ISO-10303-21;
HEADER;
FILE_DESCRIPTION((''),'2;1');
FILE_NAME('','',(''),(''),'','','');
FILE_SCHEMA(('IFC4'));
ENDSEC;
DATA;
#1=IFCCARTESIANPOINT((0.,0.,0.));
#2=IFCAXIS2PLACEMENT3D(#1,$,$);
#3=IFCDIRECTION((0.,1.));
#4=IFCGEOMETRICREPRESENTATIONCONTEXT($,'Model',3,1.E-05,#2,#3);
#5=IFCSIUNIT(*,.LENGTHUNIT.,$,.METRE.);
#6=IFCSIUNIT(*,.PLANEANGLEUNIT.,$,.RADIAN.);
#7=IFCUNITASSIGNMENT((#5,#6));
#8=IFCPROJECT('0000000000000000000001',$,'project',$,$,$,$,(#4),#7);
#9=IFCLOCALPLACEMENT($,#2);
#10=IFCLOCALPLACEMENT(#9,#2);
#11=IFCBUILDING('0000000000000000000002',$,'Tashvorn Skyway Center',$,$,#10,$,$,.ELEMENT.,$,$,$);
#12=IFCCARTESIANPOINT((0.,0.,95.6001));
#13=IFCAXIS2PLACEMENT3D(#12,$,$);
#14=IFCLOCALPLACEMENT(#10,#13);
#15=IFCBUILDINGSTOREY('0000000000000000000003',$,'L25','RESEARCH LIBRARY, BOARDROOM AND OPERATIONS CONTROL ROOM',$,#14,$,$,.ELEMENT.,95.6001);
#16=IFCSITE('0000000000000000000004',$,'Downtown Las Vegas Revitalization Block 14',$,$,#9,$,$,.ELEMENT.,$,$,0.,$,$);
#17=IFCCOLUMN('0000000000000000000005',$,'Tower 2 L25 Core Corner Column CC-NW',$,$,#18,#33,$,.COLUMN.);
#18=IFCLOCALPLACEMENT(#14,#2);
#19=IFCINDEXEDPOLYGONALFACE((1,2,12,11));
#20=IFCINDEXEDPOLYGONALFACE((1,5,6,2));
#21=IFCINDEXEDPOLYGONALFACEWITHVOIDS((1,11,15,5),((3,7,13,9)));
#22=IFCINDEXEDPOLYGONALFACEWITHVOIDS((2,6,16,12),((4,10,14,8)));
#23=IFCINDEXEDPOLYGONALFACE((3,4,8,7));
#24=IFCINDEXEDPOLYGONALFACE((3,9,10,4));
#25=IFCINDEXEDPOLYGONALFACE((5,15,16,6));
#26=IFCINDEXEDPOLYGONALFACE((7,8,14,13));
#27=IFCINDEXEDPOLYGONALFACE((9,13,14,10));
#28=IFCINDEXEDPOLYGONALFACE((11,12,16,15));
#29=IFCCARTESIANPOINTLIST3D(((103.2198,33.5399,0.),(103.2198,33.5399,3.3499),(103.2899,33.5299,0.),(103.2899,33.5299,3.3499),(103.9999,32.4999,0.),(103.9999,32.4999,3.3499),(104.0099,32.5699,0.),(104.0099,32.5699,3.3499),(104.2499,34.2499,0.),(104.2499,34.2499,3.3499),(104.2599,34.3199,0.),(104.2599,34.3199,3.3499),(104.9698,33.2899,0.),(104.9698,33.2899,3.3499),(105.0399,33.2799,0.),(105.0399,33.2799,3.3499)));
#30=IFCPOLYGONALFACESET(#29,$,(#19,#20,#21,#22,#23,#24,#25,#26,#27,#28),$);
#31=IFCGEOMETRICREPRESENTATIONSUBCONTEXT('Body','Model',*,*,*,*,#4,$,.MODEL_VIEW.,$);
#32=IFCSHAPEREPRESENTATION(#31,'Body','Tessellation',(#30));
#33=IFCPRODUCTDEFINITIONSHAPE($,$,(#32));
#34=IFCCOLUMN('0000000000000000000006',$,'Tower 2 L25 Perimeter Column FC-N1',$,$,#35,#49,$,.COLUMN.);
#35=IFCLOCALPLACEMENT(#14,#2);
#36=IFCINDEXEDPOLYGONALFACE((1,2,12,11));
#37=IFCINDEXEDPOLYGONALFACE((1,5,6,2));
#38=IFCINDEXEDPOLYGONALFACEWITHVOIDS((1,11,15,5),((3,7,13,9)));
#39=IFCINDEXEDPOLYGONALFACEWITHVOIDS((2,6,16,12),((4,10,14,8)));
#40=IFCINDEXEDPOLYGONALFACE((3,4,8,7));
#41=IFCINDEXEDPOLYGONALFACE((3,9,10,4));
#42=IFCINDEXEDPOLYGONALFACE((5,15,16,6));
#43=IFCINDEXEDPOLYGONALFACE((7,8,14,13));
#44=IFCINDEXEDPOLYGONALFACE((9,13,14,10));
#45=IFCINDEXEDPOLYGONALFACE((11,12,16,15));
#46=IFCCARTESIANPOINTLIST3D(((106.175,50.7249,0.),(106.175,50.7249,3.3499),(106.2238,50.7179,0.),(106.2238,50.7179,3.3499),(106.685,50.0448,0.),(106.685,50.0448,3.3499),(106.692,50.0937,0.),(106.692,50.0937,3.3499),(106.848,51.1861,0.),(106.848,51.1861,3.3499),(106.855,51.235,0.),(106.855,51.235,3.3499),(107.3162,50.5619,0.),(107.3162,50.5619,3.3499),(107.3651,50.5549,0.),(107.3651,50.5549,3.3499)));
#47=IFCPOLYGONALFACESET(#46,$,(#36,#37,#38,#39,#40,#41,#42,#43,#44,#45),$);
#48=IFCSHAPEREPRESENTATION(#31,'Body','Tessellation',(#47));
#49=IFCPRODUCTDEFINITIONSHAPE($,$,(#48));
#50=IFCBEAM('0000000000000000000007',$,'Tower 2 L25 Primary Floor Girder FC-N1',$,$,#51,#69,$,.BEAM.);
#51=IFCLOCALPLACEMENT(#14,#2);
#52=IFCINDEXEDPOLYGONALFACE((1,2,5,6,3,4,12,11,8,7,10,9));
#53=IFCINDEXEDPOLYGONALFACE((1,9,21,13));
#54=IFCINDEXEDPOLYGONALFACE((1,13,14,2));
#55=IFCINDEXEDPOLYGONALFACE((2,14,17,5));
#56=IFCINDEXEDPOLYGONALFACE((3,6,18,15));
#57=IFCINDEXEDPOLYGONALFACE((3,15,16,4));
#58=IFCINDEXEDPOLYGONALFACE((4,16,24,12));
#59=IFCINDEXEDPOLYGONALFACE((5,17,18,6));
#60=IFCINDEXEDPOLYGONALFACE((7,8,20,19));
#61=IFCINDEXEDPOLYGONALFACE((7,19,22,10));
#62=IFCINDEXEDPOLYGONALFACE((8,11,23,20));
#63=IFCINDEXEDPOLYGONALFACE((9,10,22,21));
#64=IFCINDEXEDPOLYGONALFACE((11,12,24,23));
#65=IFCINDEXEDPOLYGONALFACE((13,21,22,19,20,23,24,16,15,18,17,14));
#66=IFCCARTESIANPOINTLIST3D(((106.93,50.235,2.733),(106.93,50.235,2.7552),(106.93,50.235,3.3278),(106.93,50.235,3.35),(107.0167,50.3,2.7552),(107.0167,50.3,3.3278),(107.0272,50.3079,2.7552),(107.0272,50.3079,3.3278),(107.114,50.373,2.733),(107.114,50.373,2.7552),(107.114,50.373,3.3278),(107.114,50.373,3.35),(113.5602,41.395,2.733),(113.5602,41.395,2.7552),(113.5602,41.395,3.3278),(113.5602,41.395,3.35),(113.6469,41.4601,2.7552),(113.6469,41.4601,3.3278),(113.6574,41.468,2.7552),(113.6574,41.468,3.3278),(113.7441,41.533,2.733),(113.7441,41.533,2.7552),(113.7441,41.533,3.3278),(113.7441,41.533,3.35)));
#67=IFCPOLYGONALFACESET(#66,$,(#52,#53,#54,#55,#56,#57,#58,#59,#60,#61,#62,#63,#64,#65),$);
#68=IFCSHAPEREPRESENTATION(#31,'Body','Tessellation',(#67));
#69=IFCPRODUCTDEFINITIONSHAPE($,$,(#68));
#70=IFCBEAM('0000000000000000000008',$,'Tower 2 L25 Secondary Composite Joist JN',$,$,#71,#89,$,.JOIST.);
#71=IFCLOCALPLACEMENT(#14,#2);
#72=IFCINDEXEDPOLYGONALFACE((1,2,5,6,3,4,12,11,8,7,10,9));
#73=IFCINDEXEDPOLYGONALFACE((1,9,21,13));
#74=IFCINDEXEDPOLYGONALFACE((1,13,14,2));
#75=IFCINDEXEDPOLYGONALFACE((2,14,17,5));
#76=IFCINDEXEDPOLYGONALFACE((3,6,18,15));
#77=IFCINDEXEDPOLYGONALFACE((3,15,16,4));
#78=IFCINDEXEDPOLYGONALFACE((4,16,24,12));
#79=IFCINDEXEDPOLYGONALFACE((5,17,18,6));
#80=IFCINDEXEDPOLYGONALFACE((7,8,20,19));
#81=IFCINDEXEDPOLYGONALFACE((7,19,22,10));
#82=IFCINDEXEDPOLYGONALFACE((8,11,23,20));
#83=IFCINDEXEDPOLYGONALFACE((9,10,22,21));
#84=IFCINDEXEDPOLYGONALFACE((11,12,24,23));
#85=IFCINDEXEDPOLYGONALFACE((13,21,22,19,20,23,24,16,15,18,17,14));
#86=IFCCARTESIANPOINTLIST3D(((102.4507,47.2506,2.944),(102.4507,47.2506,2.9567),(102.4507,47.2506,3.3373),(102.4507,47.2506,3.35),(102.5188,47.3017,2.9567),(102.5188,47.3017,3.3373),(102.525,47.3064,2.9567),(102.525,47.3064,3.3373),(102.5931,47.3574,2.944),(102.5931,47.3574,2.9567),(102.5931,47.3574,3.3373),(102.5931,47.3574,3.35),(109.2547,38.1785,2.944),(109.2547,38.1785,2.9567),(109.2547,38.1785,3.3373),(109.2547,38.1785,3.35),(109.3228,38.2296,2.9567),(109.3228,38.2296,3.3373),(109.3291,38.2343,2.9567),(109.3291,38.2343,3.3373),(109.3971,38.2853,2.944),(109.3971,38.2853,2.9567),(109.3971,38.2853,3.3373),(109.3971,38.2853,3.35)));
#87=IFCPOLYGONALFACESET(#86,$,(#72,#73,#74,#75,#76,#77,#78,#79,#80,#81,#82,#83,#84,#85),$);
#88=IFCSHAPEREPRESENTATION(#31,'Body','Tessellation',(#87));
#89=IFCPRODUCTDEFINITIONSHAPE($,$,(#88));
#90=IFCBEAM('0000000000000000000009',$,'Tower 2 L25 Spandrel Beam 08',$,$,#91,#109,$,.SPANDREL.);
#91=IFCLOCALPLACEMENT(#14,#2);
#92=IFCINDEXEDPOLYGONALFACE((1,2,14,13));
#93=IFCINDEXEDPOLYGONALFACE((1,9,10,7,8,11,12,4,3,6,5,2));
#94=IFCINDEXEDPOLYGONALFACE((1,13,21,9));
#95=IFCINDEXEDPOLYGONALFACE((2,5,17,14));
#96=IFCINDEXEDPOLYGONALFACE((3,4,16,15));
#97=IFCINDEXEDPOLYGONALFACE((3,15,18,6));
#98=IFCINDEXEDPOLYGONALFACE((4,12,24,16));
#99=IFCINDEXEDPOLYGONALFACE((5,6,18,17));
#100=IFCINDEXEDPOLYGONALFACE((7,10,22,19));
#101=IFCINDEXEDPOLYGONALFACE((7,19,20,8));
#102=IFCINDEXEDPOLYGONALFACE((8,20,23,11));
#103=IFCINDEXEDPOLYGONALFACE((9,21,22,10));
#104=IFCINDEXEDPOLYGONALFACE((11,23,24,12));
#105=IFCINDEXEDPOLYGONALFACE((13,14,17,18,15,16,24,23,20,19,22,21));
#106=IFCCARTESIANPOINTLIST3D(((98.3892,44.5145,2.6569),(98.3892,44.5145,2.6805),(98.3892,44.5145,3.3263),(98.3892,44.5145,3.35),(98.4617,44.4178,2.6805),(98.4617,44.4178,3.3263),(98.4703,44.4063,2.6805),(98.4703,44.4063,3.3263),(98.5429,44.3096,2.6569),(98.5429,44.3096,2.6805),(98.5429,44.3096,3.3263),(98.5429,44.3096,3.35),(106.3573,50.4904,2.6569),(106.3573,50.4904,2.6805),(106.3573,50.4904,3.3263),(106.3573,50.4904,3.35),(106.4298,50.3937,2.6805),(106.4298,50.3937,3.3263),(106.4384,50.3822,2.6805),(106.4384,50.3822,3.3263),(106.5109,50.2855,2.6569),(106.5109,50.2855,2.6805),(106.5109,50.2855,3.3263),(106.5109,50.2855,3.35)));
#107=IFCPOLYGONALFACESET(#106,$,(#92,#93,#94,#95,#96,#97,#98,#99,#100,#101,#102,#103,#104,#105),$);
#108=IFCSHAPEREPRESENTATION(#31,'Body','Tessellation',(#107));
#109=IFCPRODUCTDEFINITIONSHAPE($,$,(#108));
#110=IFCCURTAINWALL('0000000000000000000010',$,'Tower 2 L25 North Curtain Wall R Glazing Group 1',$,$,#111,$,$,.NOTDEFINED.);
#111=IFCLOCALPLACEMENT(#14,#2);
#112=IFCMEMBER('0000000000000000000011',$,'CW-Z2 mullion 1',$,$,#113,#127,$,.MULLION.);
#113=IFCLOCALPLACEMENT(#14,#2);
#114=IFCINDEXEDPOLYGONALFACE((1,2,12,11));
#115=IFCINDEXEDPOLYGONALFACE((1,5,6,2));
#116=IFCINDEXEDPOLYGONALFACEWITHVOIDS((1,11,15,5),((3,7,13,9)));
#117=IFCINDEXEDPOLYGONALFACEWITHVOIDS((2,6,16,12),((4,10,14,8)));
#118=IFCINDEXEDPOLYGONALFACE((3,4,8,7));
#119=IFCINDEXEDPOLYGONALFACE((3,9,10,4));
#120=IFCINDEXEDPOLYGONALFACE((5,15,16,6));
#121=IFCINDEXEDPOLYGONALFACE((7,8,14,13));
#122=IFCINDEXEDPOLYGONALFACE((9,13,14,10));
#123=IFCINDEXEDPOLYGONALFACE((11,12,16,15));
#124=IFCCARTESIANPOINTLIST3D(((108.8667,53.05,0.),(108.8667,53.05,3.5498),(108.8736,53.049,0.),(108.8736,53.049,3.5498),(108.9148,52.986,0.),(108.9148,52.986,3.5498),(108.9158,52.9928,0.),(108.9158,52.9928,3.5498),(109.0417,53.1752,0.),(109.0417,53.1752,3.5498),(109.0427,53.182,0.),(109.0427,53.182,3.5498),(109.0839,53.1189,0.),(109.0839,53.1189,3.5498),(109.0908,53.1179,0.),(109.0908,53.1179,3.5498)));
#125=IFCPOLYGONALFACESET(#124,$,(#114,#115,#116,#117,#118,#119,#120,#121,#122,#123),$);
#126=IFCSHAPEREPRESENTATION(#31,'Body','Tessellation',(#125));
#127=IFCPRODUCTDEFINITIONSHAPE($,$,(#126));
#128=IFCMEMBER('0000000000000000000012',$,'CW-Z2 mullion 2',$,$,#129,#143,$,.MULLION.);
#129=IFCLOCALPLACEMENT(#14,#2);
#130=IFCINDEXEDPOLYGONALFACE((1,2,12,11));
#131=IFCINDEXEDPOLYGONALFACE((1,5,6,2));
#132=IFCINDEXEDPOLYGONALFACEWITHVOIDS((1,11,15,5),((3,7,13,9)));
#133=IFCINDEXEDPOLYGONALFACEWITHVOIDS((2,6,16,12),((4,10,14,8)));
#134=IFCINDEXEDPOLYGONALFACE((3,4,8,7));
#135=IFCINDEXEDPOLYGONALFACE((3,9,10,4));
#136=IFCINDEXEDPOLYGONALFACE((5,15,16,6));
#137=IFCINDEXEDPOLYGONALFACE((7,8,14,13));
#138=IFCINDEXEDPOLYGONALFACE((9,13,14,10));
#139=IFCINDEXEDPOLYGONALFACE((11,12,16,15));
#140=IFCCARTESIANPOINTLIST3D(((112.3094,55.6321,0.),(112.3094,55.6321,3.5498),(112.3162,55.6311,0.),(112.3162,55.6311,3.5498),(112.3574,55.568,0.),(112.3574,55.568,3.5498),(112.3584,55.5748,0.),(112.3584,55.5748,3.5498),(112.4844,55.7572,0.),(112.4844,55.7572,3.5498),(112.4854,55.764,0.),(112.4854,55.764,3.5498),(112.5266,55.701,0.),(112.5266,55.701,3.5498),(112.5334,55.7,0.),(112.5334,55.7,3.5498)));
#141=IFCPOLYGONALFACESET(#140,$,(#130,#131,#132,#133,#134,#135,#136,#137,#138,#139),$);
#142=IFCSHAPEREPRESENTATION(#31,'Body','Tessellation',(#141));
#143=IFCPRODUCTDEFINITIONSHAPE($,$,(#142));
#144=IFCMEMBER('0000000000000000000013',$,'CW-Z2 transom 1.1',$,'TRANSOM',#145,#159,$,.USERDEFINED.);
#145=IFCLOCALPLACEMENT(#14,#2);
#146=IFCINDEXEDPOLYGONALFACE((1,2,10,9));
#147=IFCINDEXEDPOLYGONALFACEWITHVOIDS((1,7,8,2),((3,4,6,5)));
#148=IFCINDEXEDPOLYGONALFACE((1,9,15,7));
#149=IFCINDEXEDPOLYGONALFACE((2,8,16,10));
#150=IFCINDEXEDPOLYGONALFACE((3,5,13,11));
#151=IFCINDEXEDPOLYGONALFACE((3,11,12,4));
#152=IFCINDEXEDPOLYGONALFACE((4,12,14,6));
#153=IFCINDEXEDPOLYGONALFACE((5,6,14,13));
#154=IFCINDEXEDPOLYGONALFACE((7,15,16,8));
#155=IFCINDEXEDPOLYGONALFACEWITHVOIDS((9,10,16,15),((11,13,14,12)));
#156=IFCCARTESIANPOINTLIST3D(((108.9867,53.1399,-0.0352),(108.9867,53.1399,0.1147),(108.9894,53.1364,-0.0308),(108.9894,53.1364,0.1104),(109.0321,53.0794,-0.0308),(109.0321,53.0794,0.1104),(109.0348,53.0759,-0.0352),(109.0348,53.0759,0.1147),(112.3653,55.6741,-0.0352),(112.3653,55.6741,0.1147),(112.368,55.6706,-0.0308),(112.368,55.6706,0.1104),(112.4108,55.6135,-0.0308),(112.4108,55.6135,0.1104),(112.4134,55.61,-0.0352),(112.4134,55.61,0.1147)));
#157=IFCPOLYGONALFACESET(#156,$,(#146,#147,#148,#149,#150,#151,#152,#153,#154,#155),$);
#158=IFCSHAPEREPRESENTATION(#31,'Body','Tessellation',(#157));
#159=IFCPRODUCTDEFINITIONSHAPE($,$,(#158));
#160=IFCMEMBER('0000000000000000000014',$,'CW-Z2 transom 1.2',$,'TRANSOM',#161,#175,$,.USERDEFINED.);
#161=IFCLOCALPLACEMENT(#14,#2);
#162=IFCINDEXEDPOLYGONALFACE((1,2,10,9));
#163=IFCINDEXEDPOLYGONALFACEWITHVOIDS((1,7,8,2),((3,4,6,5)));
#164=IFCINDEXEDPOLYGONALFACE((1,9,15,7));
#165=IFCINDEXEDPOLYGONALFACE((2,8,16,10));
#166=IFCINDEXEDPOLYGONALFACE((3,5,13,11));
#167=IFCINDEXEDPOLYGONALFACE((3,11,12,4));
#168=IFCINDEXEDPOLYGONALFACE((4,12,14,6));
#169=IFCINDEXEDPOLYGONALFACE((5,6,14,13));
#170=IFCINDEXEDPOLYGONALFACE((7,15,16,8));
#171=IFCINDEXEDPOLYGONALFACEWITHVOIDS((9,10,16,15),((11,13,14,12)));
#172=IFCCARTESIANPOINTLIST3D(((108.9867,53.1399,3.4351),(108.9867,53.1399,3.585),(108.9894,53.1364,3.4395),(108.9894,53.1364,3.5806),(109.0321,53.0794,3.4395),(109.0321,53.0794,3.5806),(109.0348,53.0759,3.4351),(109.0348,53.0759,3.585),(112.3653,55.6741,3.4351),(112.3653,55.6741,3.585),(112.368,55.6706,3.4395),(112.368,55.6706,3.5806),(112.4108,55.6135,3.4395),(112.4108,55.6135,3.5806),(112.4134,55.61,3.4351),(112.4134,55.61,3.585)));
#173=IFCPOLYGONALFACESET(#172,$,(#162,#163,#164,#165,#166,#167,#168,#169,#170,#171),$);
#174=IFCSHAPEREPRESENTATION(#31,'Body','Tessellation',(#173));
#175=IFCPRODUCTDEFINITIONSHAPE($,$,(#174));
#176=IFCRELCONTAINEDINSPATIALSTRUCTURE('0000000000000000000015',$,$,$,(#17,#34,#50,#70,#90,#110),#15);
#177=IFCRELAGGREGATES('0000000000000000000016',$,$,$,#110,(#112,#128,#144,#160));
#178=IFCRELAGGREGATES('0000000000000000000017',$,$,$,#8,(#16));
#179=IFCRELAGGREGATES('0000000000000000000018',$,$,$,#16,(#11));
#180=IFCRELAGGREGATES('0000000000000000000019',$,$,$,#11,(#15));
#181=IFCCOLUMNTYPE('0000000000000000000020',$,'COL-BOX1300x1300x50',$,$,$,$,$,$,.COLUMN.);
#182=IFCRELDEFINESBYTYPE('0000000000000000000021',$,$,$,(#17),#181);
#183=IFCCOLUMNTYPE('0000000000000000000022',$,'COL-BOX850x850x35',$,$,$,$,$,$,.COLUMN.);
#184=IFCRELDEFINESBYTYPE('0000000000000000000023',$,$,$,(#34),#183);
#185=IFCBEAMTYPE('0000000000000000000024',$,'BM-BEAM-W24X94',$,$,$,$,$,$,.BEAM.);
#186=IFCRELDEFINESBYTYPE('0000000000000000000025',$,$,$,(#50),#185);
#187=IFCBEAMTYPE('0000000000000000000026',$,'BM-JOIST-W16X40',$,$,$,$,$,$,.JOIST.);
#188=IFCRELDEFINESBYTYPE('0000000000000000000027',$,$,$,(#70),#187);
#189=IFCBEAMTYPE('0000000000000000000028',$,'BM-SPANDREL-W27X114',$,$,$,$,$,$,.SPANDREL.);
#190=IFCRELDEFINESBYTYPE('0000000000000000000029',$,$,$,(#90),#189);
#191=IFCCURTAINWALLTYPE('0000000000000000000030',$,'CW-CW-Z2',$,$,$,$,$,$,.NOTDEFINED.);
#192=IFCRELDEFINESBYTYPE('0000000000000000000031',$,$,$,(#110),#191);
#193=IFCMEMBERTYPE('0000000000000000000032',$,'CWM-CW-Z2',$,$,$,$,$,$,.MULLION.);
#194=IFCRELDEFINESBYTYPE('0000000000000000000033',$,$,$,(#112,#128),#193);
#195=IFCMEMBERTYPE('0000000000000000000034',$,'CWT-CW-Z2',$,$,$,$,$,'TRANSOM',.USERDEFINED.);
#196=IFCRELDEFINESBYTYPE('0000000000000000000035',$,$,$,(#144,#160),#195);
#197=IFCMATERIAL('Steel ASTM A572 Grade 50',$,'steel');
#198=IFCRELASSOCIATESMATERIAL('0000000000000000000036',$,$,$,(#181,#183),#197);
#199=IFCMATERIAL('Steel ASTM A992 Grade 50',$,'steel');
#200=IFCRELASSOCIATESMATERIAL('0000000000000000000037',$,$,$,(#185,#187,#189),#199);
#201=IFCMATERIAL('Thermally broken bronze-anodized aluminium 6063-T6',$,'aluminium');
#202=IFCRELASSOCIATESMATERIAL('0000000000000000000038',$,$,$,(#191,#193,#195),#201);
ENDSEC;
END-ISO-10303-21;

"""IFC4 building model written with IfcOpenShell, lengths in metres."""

from ifc_helpers import new_model, si_unit, direction, frame, origin, origin_2d, place, context, subcontext, project, spatial, hollow_rectangle, i_section, extrude, material, material_profile, profile_set, type_object, element, aggregate, save


model = new_model("IFC4")

# Units and contexts
model_context = context("Model", 3, precision=1e-05, world=origin(), true_north=direction((0.0, 1.0)))
body_context = subcontext(model_context, "Body", "Model", "MODEL_VIEW")
ifc_project = project(units=[si_unit("LENGTHUNIT", "METRE"), si_unit("PLANEANGLEUNIT", "RADIAN")], contexts=[model_context])

# Site, building, storey
site_placement = place(None, origin())
site = spatial("IfcSite", under=ifc_project, at=site_placement, Name="Downtown Las Vegas Revitalization Block 14", CompositionType="ELEMENT", RefElevation=0.0)
building_placement = place(site_placement, origin())
building = spatial("IfcBuilding", under=site, at=building_placement, Name="Tashvorn Skyway Center", CompositionType="ELEMENT")
storey_placement = place(building_placement, frame((0.0, 0.0, 95.6001)))
storey = spatial("IfcBuildingStorey", under=building, at=storey_placement, Name="L25", Description="RESEARCH LIBRARY, BOARDROOM AND OPERATIONS CONTROL ROOM", CompositionType="ELEMENT", Elevation=95.6001)

# Columns
ifc_material_1 = material(Name="Steel ASTM A572 Grade 50", Category="steel")
ifc_material_profile_1 = material_profile(ifc_material_1, hollow_rectangle(XDim=1.3, YDim=1.3, WallThickness=0.05, at=origin_2d()), Name="BOX1300x1300x50")
ifc_profile_set_1 = profile_set([ifc_material_profile_1], Name="Steel ASTM A572 Grade 50")
column_type_1 = type_object("IfcColumnType", Name="COL-BOX1300x1300x50", PredefinedType="COLUMN", material=ifc_profile_set_1)
column_1_placement = place(storey_placement, frame((104.1299, 33.4099, 0.0), z_axis=(0.0, 0.0, 1.0), x_axis=(0.8, 0.6, 0.0)))
element("IfcColumn", 1, at=column_1_placement, inside=storey, type_object=column_type_1, Name="Tower 2 L25 Core Corner Column CC-NW", PredefinedType="COLUMN", context=body_context, shape_type="SweptSolid", body=[
    extrude(hollow_rectangle(XDim=1.3, YDim=1.3, WallThickness=0.05, at=origin_2d()), origin(), (0.0, 0.0, 1.0), 3.3499),
])
ifc_material_profile_2 = material_profile(ifc_material_1, hollow_rectangle(XDim=0.8501, YDim=0.8501, WallThickness=0.0349, at=origin_2d()), Name="BOX850x850x35")
ifc_profile_set_2 = profile_set([ifc_material_profile_2], Name="Steel ASTM A572 Grade 50")
column_type_2 = type_object("IfcColumnType", Name="COL-BOX850x850x35", PredefinedType="COLUMN", material=ifc_profile_set_2)
column_2_placement = place(storey_placement, frame((106.77, 50.6399, 0.0), z_axis=(0.0, 0.0, 1.0), x_axis=(0.8, 0.6, 0.0)))
element("IfcColumn", 2, at=column_2_placement, inside=storey, type_object=column_type_2, Name="Tower 2 L25 Perimeter Column FC-N1", PredefinedType="COLUMN", context=body_context, shape_type="SweptSolid", body=[
    extrude(hollow_rectangle(XDim=0.8501, YDim=0.8501, WallThickness=0.0349, at=origin_2d()), origin(), (0.0, 0.0, 1.0), 3.3499),
])

# Beams
ifc_material_2 = material(Name="Steel ASTM A992 Grade 50", Category="steel")
ifc_material_profile_3 = material_profile(ifc_material_2, i_section(OverallWidth=0.23, OverallDepth=0.6169, WebThickness=0.0132, FlangeThickness=0.0222, at=origin_2d()), Name="W24X94")
ifc_profile_set_3 = profile_set([ifc_material_profile_3], Name="Steel ASTM A992 Grade 50")
beam_type_1 = type_object("IfcBeamType", Name="BM-BEAM-W24X94", PredefinedType="BEAM", material=ifc_profile_set_3)
beam_1_placement = place(storey_placement, frame((107.022, 50.304, 3.0415), z_axis=(0.600014, -0.799989, 0.0), x_axis=(0.799989, 0.600014, 0.0)))
element("IfcBeam", 3, at=beam_1_placement, inside=storey, type_object=beam_type_1, Name="Tower 2 L25 Primary Floor Girder FC-N1", PredefinedType="BEAM", context=body_context, shape_type="SweptSolid", body=[
    extrude(i_section(OverallWidth=0.23, OverallDepth=0.6169, WebThickness=0.0132, FlangeThickness=0.0222, at=origin_2d()), origin(), (0.0, 0.0, 1.0), 11.05),
])
ifc_material_profile_4 = material_profile(ifc_material_2, i_section(OverallWidth=0.178, OverallDepth=0.406, WebThickness=0.0078, FlangeThickness=0.0127, at=origin_2d()), Name="W16X40")
ifc_profile_set_4 = profile_set([ifc_material_profile_4], Name="Steel ASTM A992 Grade 50")
beam_type_2 = type_object("IfcBeamType", Name="BM-JOIST-W16X40", PredefinedType="JOIST", material=ifc_profile_set_4)
beam_2_placement = place(storey_placement, frame((109.3259, 38.2319, 3.147), z_axis=(-0.599997, 0.800003, 0.0), x_axis=(-0.800003, -0.599997, 0.0)))
element("IfcBeam", 4, at=beam_2_placement, inside=storey, type_object=beam_type_2, Name="Tower 2 L25 Secondary Composite Joist JN", PredefinedType="JOIST", context=body_context, shape_type="SweptSolid", body=[
    extrude(i_section(OverallWidth=0.178, OverallDepth=0.406, WebThickness=0.0078, FlangeThickness=0.0127, at=origin_2d()), origin(), (0.0, 0.0, 1.0), 11.3401),
])
ifc_material_profile_5 = material_profile(ifc_material_2, i_section(OverallWidth=0.2561, OverallDepth=0.6931, WebThickness=0.0144, FlangeThickness=0.0237, at=origin_2d()), Name="W27X114")
ifc_profile_set_5 = profile_set([ifc_material_profile_5], Name="Steel ASTM A992 Grade 50")
beam_type_3 = type_object("IfcBeamType", Name="BM-SPANDREL-W27X114", PredefinedType="SPANDREL", material=ifc_profile_set_5)
beam_3_placement = place(storey_placement, frame((106.4341, 50.3879, 3.0034), z_axis=(-0.800009, -0.599988, 0.0), x_axis=(0.599988, -0.800009, 0.0)))
element("IfcBeam", 5, at=beam_3_placement, inside=storey, type_object=beam_type_3, Name="Tower 2 L25 Spandrel Beam 08", PredefinedType="SPANDREL", context=body_context, shape_type="SweptSolid", body=[
    extrude(i_section(OverallWidth=0.2561, OverallDepth=0.6931, WebThickness=0.0144, FlangeThickness=0.0237, at=origin_2d()), origin(), (0.0, 0.0, 1.0), 9.96),
])

# Curtain wall, members
ifc_material_3 = material(Name="Thermally broken bronze-anodized aluminium 6063-T6", Category="aluminium")
curtain_wall_type = type_object("IfcCurtainWallType", Name="CW-CW-Z2", PredefinedType="NOTDEFINED", material=ifc_material_3)
curtain_wall_placement = place(storey_placement, origin())
curtain_wall = element("IfcCurtainWall", 6, at=curtain_wall_placement, inside=storey, type_object=curtain_wall_type, Name="Tower 2 L25 North Curtain Wall R Glazing Group 1", PredefinedType="NOTDEFINED")
ifc_material_profile_6 = material_profile(ifc_material_3, hollow_rectangle(XDim=0.0801, YDim=0.22, WallThickness=0.0049, at=origin_2d()), Name="ALU-MULL-80x220")
ifc_profile_set_6 = profile_set([ifc_material_profile_6], Name="Thermally broken bronze-anodized aluminium 6063-T6")
member_type_1 = type_object("IfcMemberType", Name="CWM-CW-Z2", PredefinedType="MULLION", material=ifc_profile_set_6)
member_1_placement = place(storey_placement, frame((108.9788, 53.084, 0.0), z_axis=(0.0, 0.0, 1.0), x_axis=(-0.600002, 0.799999, 0.0)))
member_1 = element("IfcMember", 7, at=member_1_placement, type_object=member_type_1, Name="CW-Z2 mullion 1", PredefinedType="MULLION", context=body_context, shape_type="SweptSolid", body=[
    extrude(hollow_rectangle(XDim=0.0801, YDim=0.22, WallThickness=0.0049, at=origin_2d()), origin(), (0.0, 0.0, 1.0), 3.5498),
])
member_2_placement = place(storey_placement, frame((112.4214, 55.666, 0.0), z_axis=(0.0, 0.0, 1.0), x_axis=(-0.600002, 0.799999, 0.0)))
member_2 = element("IfcMember", 8, at=member_2_placement, type_object=member_type_1, Name="CW-Z2 mullion 2", PredefinedType="MULLION", context=body_context, shape_type="SweptSolid", body=[
    extrude(hollow_rectangle(XDim=0.0801, YDim=0.22, WallThickness=0.0049, at=origin_2d()), origin(), (0.0, 0.0, 1.0), 3.5498),
])
ifc_material_profile_7 = material_profile(ifc_material_3, hollow_rectangle(XDim=0.0801, YDim=0.1499, WallThickness=0.0044, at=origin_2d()), Name="ALU-TRAN-80x150")
ifc_profile_set_7 = profile_set([ifc_material_profile_7], Name="Thermally broken bronze-anodized aluminium 6063-T6")
member_type_2 = type_object("IfcMemberType", Name="CWT-CW-Z2", ElementType="TRANSOM", PredefinedType="USERDEFINED", material=ifc_profile_set_7)
member_3_placement = place(storey_placement, frame((109.0107, 53.1079, 0.0398), z_axis=(0.799979, 0.600028, 0.0), x_axis=(-0.600028, 0.799979, 0.0)))
member_3 = element("IfcMember", 9, at=member_3_placement, type_object=member_type_2, Name="CW-Z2 transom 1.1", ObjectType="TRANSOM", PredefinedType="USERDEFINED", context=body_context, shape_type="SweptSolid", body=[
    extrude(hollow_rectangle(XDim=0.0801, YDim=0.1499, WallThickness=0.0044, at=origin_2d()), origin(), (0.0, 0.0, 1.0), 4.2234),
])
member_4_placement = place(storey_placement, frame((109.0107, 53.1079, 3.51), z_axis=(0.799979, 0.600028, 0.0), x_axis=(-0.600028, 0.799979, 0.0)))
member_4 = element("IfcMember", 10, at=member_4_placement, type_object=member_type_2, Name="CW-Z2 transom 1.2", ObjectType="TRANSOM", PredefinedType="USERDEFINED", context=body_context, shape_type="SweptSolid", body=[
    extrude(hollow_rectangle(XDim=0.0801, YDim=0.1499, WallThickness=0.0044, at=origin_2d()), origin(), (0.0, 0.0, 1.0), 4.2234),
])
aggregate(curtain_wall, [member_1, member_2, member_3, member_4])

save(model, "model.ifc")
